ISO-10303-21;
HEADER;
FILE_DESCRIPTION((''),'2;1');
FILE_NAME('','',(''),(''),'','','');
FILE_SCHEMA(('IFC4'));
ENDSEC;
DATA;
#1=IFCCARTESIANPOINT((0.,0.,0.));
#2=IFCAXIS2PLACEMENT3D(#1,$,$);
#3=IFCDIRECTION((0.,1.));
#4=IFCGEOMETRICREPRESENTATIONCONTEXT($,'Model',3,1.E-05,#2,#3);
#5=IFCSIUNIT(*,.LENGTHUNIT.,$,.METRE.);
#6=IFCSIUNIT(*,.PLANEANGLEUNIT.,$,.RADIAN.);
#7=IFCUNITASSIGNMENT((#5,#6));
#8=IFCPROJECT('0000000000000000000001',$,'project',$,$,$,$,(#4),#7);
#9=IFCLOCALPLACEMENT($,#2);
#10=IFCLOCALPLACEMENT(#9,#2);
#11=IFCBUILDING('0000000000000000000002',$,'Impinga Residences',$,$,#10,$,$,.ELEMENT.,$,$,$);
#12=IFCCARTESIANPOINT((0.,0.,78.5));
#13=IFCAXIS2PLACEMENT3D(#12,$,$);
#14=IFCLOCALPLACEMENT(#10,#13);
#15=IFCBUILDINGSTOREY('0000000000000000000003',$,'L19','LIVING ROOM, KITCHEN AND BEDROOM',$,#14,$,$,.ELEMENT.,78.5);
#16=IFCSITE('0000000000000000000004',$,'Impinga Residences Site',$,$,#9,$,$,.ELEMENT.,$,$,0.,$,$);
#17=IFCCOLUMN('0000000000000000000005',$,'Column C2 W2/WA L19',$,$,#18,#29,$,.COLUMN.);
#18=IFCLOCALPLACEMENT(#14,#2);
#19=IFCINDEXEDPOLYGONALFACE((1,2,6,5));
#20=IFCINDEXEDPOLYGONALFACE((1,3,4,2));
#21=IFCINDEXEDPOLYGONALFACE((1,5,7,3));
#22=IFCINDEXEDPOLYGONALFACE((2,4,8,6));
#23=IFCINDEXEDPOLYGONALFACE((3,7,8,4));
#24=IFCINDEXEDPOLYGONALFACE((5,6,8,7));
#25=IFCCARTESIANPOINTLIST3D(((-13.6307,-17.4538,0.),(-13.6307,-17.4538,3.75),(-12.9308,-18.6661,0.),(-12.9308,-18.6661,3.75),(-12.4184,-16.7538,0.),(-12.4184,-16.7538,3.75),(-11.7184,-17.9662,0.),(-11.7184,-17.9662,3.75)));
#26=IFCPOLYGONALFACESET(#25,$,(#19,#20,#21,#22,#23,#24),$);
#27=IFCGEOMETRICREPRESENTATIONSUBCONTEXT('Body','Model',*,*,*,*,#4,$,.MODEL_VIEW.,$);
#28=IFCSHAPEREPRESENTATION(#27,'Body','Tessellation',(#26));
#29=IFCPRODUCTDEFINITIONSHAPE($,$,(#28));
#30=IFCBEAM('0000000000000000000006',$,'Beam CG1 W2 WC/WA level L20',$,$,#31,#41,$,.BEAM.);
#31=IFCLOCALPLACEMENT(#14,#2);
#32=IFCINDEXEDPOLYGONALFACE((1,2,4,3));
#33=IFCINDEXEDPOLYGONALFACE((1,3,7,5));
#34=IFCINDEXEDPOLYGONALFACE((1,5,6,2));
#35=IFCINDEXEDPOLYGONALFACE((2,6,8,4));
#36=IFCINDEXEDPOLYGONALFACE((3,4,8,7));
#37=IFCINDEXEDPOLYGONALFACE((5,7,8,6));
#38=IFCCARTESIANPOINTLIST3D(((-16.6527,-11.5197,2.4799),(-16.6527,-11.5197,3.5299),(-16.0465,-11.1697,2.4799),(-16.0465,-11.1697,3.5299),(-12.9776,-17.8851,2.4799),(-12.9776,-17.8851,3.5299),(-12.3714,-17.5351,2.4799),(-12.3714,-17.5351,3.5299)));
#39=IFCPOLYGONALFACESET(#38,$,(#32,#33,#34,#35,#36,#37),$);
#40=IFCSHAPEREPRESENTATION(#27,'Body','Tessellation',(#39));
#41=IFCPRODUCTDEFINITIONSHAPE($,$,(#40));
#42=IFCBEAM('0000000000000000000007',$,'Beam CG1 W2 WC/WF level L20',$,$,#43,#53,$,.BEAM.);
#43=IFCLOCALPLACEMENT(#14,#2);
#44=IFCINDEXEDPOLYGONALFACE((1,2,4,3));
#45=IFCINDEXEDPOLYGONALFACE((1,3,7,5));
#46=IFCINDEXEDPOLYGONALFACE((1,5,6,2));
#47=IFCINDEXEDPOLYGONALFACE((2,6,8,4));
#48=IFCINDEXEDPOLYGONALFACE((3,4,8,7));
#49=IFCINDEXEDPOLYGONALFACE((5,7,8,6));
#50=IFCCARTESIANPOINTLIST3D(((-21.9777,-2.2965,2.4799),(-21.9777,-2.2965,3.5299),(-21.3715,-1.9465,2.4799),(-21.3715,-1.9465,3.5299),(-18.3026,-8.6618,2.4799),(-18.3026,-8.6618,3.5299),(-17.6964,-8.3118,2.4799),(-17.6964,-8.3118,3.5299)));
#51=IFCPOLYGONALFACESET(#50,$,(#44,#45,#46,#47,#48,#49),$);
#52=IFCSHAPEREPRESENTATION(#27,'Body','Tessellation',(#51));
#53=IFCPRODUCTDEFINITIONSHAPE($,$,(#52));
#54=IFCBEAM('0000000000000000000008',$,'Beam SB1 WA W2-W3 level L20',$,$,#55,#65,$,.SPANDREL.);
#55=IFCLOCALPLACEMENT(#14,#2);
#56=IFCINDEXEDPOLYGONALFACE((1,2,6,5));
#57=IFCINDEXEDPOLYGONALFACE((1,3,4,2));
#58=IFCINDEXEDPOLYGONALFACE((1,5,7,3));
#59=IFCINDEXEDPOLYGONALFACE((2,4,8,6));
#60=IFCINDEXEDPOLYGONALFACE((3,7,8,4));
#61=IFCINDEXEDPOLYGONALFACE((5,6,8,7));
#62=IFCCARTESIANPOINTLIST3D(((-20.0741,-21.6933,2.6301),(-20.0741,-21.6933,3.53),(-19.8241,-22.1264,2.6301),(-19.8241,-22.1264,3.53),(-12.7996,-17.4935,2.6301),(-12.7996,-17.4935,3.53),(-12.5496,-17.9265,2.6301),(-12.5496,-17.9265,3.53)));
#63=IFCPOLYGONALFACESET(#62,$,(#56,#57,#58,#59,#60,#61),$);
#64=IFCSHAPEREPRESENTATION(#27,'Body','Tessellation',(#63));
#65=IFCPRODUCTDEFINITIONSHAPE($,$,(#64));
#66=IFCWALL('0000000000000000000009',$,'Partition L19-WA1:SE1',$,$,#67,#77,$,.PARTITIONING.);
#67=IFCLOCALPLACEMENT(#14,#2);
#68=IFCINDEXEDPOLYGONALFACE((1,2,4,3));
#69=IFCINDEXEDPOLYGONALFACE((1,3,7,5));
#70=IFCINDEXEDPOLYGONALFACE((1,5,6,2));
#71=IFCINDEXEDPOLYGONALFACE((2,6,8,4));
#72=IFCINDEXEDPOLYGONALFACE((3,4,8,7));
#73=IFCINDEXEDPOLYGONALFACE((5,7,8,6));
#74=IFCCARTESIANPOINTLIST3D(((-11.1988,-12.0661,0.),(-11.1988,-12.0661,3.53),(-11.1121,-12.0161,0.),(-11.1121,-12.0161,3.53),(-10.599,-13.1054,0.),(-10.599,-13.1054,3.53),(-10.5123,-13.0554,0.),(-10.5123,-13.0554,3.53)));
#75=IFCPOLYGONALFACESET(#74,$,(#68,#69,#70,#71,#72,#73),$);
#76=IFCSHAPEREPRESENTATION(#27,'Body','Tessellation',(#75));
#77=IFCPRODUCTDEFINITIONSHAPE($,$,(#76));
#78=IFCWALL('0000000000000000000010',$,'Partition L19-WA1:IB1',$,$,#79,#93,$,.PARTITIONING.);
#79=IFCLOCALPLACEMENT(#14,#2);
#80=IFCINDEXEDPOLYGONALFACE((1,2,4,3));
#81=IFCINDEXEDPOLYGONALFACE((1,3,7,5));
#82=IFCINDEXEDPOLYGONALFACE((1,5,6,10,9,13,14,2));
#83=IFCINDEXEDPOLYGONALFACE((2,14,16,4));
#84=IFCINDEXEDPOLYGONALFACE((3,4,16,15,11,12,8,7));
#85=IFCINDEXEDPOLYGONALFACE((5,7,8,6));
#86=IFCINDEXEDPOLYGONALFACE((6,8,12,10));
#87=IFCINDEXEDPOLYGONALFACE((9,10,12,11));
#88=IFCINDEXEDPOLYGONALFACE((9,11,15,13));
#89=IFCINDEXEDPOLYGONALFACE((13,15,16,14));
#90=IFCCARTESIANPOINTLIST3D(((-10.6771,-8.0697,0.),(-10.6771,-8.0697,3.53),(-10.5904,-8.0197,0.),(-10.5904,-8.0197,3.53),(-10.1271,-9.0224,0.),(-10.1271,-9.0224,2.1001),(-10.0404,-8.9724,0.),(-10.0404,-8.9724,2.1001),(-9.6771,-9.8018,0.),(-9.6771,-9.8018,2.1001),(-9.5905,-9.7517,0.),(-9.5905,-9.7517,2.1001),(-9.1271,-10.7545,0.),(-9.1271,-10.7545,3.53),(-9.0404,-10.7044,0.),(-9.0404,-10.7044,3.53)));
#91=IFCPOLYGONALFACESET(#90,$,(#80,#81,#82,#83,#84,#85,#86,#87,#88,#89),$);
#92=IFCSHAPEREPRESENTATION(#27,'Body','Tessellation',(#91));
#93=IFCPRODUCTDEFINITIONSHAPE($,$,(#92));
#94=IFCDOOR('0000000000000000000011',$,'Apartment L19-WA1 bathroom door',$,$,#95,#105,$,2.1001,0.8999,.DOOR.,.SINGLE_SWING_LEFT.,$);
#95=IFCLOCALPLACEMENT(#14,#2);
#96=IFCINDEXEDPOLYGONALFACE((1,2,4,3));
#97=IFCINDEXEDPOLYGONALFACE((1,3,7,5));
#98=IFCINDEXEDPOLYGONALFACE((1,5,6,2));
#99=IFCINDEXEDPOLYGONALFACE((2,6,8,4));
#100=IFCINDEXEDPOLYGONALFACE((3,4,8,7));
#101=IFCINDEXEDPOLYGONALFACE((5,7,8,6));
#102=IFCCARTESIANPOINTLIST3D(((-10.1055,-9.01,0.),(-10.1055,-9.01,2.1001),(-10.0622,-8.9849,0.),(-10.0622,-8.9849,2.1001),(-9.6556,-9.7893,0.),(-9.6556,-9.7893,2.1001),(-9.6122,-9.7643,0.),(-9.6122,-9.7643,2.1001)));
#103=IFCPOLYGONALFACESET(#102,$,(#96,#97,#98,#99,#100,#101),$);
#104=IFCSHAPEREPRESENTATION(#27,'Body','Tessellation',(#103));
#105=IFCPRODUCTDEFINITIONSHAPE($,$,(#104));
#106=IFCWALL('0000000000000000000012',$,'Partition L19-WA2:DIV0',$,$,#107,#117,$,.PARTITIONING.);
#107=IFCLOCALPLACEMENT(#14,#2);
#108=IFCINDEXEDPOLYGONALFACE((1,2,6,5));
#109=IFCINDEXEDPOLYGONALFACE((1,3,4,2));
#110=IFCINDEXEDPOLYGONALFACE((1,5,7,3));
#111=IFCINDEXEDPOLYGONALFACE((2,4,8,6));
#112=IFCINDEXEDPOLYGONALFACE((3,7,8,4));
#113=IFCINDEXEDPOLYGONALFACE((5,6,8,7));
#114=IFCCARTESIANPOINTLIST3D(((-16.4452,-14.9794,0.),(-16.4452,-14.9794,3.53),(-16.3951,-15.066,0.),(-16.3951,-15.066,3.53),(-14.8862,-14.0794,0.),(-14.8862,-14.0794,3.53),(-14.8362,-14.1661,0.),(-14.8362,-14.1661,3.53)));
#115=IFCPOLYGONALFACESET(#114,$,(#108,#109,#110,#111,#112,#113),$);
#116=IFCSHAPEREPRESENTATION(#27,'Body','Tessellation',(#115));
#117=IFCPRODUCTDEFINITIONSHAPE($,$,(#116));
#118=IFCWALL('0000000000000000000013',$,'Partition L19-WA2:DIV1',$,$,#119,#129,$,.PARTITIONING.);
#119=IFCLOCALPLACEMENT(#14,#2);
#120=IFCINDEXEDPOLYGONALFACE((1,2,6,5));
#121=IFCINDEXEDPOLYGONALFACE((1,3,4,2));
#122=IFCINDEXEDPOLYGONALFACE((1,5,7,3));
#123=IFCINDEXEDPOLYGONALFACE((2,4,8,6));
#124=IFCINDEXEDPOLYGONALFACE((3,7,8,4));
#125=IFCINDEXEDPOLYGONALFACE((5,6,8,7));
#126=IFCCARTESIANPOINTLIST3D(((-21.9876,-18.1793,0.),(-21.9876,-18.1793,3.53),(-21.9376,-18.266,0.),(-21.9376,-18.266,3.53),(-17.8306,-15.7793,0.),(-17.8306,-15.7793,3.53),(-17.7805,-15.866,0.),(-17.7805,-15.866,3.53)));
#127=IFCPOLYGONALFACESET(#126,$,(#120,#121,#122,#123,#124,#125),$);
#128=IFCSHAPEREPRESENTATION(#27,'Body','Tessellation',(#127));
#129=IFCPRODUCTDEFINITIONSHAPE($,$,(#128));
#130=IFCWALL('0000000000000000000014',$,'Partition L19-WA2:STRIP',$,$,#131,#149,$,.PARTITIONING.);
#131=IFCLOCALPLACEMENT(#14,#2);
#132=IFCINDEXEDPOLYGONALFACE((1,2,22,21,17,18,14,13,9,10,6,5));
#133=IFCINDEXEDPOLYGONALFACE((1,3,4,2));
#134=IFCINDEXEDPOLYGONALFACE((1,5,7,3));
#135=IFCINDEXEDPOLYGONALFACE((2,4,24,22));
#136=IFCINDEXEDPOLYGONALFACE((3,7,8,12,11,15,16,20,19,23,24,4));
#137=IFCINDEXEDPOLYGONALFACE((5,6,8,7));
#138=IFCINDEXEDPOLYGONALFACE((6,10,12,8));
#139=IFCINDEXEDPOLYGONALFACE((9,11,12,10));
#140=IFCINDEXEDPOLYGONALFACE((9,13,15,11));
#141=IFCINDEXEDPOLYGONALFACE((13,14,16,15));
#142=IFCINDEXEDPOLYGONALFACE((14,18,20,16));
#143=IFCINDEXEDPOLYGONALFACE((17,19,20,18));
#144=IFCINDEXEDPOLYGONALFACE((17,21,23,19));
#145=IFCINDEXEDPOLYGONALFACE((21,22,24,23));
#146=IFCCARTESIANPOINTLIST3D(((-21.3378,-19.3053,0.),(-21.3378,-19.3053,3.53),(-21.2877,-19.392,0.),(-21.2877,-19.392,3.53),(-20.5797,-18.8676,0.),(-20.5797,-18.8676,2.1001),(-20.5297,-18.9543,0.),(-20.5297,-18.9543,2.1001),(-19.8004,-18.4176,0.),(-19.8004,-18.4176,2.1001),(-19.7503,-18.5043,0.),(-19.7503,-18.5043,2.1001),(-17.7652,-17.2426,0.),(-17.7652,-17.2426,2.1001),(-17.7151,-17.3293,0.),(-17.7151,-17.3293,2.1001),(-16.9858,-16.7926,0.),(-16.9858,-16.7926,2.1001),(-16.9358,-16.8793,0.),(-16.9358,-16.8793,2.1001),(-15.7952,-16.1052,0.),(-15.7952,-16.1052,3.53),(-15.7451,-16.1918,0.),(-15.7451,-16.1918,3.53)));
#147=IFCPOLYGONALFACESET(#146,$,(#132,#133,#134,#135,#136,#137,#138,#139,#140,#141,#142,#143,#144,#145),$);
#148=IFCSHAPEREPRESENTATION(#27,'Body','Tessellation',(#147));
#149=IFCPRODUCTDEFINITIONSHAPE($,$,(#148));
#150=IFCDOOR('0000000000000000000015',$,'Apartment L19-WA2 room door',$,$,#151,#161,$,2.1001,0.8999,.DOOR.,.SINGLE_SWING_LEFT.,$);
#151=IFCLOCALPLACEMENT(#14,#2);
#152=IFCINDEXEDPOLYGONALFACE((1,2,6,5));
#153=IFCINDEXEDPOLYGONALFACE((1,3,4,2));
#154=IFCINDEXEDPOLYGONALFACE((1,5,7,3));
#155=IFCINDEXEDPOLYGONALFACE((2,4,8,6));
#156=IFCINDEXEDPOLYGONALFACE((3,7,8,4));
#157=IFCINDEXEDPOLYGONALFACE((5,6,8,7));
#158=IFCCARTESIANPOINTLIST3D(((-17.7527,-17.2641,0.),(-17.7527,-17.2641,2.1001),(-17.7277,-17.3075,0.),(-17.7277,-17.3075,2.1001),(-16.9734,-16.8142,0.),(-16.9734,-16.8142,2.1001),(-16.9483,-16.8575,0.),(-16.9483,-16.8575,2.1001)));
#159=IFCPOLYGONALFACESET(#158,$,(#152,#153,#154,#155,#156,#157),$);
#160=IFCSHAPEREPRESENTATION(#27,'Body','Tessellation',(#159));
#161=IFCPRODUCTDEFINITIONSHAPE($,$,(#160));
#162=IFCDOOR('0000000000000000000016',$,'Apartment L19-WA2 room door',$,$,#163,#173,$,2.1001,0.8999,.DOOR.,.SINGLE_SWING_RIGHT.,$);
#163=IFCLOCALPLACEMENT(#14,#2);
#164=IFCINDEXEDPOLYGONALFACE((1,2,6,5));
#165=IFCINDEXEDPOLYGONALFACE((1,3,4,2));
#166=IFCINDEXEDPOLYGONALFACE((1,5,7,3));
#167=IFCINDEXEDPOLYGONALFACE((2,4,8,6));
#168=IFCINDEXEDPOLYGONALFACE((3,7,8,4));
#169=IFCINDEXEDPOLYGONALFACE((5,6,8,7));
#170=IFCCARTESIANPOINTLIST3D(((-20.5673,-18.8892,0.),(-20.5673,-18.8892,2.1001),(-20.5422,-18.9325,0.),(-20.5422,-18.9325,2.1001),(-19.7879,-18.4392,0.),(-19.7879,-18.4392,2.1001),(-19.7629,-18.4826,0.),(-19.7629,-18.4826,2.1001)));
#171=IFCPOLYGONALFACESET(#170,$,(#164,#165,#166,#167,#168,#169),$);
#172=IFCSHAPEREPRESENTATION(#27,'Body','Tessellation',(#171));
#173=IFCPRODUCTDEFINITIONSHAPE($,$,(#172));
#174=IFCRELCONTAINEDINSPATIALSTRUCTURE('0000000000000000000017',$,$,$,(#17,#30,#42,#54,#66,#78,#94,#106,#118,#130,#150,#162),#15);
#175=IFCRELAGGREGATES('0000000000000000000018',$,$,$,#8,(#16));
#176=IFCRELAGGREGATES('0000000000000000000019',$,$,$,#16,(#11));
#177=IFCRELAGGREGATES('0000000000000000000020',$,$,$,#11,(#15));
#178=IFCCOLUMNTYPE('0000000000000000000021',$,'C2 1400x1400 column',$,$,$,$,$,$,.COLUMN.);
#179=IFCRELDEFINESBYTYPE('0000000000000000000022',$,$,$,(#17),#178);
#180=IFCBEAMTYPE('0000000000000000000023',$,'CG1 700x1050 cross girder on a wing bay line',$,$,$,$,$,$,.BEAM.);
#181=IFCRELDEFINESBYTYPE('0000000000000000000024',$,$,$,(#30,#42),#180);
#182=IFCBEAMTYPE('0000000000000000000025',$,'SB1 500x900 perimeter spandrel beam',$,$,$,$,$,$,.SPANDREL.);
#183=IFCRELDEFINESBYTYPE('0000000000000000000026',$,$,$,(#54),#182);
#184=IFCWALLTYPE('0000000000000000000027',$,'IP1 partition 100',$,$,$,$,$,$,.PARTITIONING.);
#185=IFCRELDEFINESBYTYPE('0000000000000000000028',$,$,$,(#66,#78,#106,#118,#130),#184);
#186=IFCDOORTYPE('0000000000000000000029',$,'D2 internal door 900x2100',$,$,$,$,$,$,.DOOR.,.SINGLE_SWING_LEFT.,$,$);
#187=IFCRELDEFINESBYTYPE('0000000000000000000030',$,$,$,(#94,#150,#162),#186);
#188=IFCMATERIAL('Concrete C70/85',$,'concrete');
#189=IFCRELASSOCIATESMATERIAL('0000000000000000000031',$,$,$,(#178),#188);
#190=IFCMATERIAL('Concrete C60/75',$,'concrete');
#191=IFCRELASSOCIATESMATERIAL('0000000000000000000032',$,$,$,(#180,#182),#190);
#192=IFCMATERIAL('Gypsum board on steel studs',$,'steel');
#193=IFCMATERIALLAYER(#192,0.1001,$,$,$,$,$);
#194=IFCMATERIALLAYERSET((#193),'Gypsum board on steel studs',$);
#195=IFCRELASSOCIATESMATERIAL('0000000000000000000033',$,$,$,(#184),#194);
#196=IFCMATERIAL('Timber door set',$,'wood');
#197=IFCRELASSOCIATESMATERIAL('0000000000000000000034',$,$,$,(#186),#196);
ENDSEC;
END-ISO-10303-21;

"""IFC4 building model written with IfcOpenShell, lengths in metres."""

from ifc_helpers import new_model, si_unit, direction, frame, frame_2d, origin, origin_2d, place, context, subcontext, project, spatial, rectangle, extrude, material, layer, layer_set, material_profile, profile_set, type_object, element, fill, save


model = new_model("IFC4")

# Units and contexts
model_context = context("Model", 3, precision=1e-05, world=origin(), true_north=direction((0.0, 1.0)))
body_context = subcontext(model_context, "Body", "Model", "MODEL_VIEW")
ifc_project = project(units=[si_unit("LENGTHUNIT", "METRE"), si_unit("PLANEANGLEUNIT", "RADIAN")], contexts=[model_context])

# Site, building, storey
site_placement = place(None, origin())
site = spatial("IfcSite", under=ifc_project, at=site_placement, Name="Impinga Residences Site", CompositionType="ELEMENT", RefElevation=0.0)
building_placement = place(site_placement, origin())
building = spatial("IfcBuilding", under=site, at=building_placement, Name="Impinga Residences", CompositionType="ELEMENT")
storey_placement = place(building_placement, frame((0.0, 0.0, 78.5)))
storey = spatial("IfcBuildingStorey", under=building, at=storey_placement, Name="L19", Description="LIVING ROOM, KITCHEN AND BEDROOM", CompositionType="ELEMENT", Elevation=78.5)

# Column
ifc_material_1 = material(Name="Concrete C70/85", Category="concrete")
ifc_material_profile_1 = material_profile(ifc_material_1, rectangle(XDim=1.3999, YDim=1.3999, at=origin_2d()), Name="RC 1400x1400")
ifc_profile_set_1 = profile_set([ifc_material_profile_1], Name="Concrete C70/85")
column_type = type_object("IfcColumnType", Name="C2 1400x1400 column", PredefinedType="COLUMN", material=ifc_profile_set_1)
column_placement = place(storey_placement, frame((-12.6746, -17.71, 0.0), z_axis=(0.0, 0.0, 1.0), x_axis=(-0.5, 0.866025, 0.0)))
element("IfcColumn", 1, at=column_placement, inside=storey, type_object=column_type, Name="Column C2 W2/WA L19", PredefinedType="COLUMN", context=body_context, shape_type="SweptSolid", body=[
    extrude(rectangle(XDim=1.3999, YDim=1.3999, at=origin_2d()), origin(), (0.0, 0.0, 1.0), 3.75),
])

# Beams
ifc_material_2 = material(Name="Concrete C60/75", Category="concrete")
ifc_material_profile_2 = material_profile(ifc_material_2, rectangle(XDim=0.7, YDim=1.05, at=origin_2d()), Name="RC 700x1050")
ifc_profile_set_2 = profile_set([ifc_material_profile_2], Name="Concrete C60/75")
beam_type_1 = type_object("IfcBeamType", Name="CG1 700x1050 cross girder on a wing bay line", PredefinedType="BEAM", material=ifc_profile_set_2)
for number, where, z_axis, x_axis, name in (
    (2, (-16.3496, -11.3447, 3.0049), (0.500008, -0.866021, 0.0), (0.866021, 0.500008, 0.0), "Beam CG1 W2 WC/WA level L20"),
    (3, (-17.9995, -8.4868, 3.0049), (-0.500008, 0.866021, 0.0), (-0.866021, -0.500008, 0.0), "Beam CG1 W2 WC/WF level L20"),
):
    element("IfcBeam", number, at=place(storey_placement, frame(where, z_axis=z_axis, x_axis=x_axis)), inside=storey, type_object=beam_type_1, Name=name, PredefinedType="BEAM", context=body_context, shape_type="SweptSolid", body=[
        extrude(rectangle(XDim=0.7, YDim=1.05, at=origin_2d()), origin(), (0.0, 0.0, 1.0), 7.3501),
    ])
ifc_material_profile_3 = material_profile(ifc_material_2, rectangle(XDim=0.5, YDim=0.8999, at=origin_2d()), Name="RC 500x900")
ifc_profile_set_3 = profile_set([ifc_material_profile_3], Name="Concrete C60/75")
beam_type_2 = type_object("IfcBeamType", Name="SB1 500x900 perimeter spandrel beam", PredefinedType="SPANDREL", material=ifc_profile_set_3)
beam_placement = place(storey_placement, frame((-12.6746, -17.71, 3.0801), z_axis=(-0.866029, -0.499993, 0.0), x_axis=(0.499993, -0.866029, 0.0)))
element("IfcBeam", 4, at=beam_placement, inside=storey, type_object=beam_type_2, Name="Beam SB1 WA W2-W3 level L20", PredefinedType="SPANDREL", context=body_context, shape_type="SweptSolid", body=[
    extrude(rectangle(XDim=0.5, YDim=0.8999, at=origin_2d()), origin(), (0.0, 0.0, 1.0), 8.3999),
])

# Wall
ifc_material_3 = material(Name="Gypsum board on steel studs", Category="steel")
ifc_layer_1 = layer(ifc_material_3, 0.1001)
ifc_layer_set_1 = layer_set([ifc_layer_1], Name="Gypsum board on steel studs")
wall_type_1 = type_object("IfcWallType", Name="IP1 partition 100", PredefinedType="PARTITIONING", material=ifc_layer_set_1)
wall_1_placement = place(storey_placement, frame((-11.1555, -12.041, 0.0), z_axis=(0.0, 0.0, 1.0), x_axis=(0.499881, -0.866094, 0.0)))
element("IfcWall", 5, at=wall_1_placement, inside=storey, type_object=wall_type_1, Name="Partition L19-WA1:SE1", PredefinedType="PARTITIONING", context=body_context, shape_type="SweptSolid", body=[
    extrude(rectangle(XDim=1.2, YDim=0.1001, at=frame_2d((0.6001, 0.0))), origin(), (0.0, 0.0, 1.0), 3.53),
])

# Wall, opening, door
wall_2_placement = place(storey_placement, frame((-10.6338, -8.0447, 0.0), z_axis=(0.0, 0.0, 1.0), x_axis=(0.499993, -0.86603, 0.0)))
wall_2 = element("IfcWall", 6, at=wall_2_placement, inside=storey, type_object=wall_type_1, Name="Partition L19-WA1:IB1", PredefinedType="PARTITIONING", context=body_context, shape_type="SweptSolid", body=[
    extrude(rectangle(XDim=3.1001, YDim=0.1001, at=frame_2d((1.55, 0.0))), origin(), (0.0, 0.0, 1.0), 3.53),
])
opening_1_placement = place(wall_2_placement, frame((1.1001, 0.0, 0.0)))
opening_1 = element("IfcOpeningElement", 7, at=opening_1_placement, cuts=wall_2, PredefinedType="OPENING", context=body_context, shape_type="SweptSolid", body=[
    extrude(rectangle(XDim=0.8999, YDim=2.1001, at=frame_2d((0.45, 1.05))), frame((0.0, 0.0601, 0.0), z_axis=(0.0, -1.0, 0.0), x_axis=(1.0, 0.0, 0.0)), (0.0, 0.0, 1.0), 0.1201),
])
ifc_material_4 = material(Name="Timber door set", Category="wood")
door_type = type_object("IfcDoorType", Name="D2 internal door 900x2100", OperationType="SINGLE_SWING_LEFT", PredefinedType="DOOR", material=ifc_material_4)
door_1_placement = place(opening_1_placement, origin())
door_1 = element("IfcDoor", 8, at=door_1_placement, inside=storey, type_object=door_type, Name="Apartment L19-WA1 bathroom door", OperationType="SINGLE_SWING_LEFT", OverallHeight=2.1001, OverallWidth=0.8999, PredefinedType="DOOR", context=body_context, shape_type="SweptSolid", body=[
    extrude(rectangle(XDim=0.8999, YDim=2.1001, at=frame_2d((0.45, 1.05))), frame((0.0, 0.0249, 0.0), z_axis=(0.0, -1.0, 0.0), x_axis=(1.0, 0.0, 0.0)), (0.0, 0.0, 1.0), 0.05),
])
fill(opening_1, door_1)

# Walls
wall_3_placement = place(storey_placement, frame((-14.8613, -14.1228, 0.0), z_axis=(0.0, 0.0, 1.0), x_axis=(-0.866048, -0.499961, 0.0)))
element("IfcWall", 9, at=wall_3_placement, inside=storey, type_object=wall_type_1, Name="Partition L19-WA2:DIV0", PredefinedType="PARTITIONING", context=body_context, shape_type="SweptSolid", body=[
    extrude(rectangle(XDim=1.8, YDim=0.1001, at=frame_2d((0.8999, 0.0))), origin(), (0.0, 0.0, 1.0), 3.53),
])
wall_4_placement = place(storey_placement, frame((-17.8057, -15.8228, 0.0), z_axis=(0.0, 0.0, 1.0), x_axis=(-0.866037, -0.499979, 0.0)))
element("IfcWall", 10, at=wall_4_placement, inside=storey, type_object=wall_type_1, Name="Partition L19-WA2:DIV1", PredefinedType="PARTITIONING", context=body_context, shape_type="SweptSolid", body=[
    extrude(rectangle(XDim=4.8, YDim=0.1001, at=frame_2d((2.3999, 0.0))), origin(), (0.0, 0.0, 1.0), 3.53),
])

# Wall, openings, doors
wall_5_placement = place(storey_placement, frame((-15.77, -16.1484, 0.0), z_axis=(0.0, 0.0, 1.0), x_axis=(-0.866019, -0.500012, 0.0)))
wall_5 = element("IfcWall", 11, at=wall_5_placement, inside=storey, type_object=wall_type_1, Name="Partition L19-WA2:STRIP", PredefinedType="PARTITIONING", context=body_context, shape_type="SweptSolid", body=[
    extrude(rectangle(XDim=6.4001, YDim=0.1001, at=frame_2d((3.2002, 0.0))), origin(), (0.0, 0.0, 1.0), 3.53),
])
opening_2_placement = place(wall_5_placement, frame((1.375, 0.0, 0.0)))
opening_2 = element("IfcOpeningElement", 12, at=opening_2_placement, cuts=wall_5, PredefinedType="OPENING", context=body_context, shape_type="SweptSolid", body=[
    extrude(rectangle(XDim=0.8999, YDim=2.1001, at=frame_2d((0.45, 1.05))), frame((0.0, 0.0601, 0.0), z_axis=(0.0, -1.0, 0.0), x_axis=(1.0, 0.0, 0.0)), (0.0, 0.0, 1.0), 0.1201),
])
opening_3_placement = place(wall_5_placement, frame((4.625, 0.0, 0.0)))
opening_3 = element("IfcOpeningElement", 13, at=opening_3_placement, cuts=wall_5, PredefinedType="OPENING", context=body_context, shape_type="SweptSolid", body=[
    extrude(rectangle(XDim=0.8999, YDim=2.1001, at=frame_2d((0.45, 1.05))), frame((0.0, 0.0601, 0.0), z_axis=(0.0, -1.0, 0.0), x_axis=(1.0, 0.0, 0.0)), (0.0, 0.0, 1.0), 0.1201),
])
door_2_placement = place(opening_2_placement, origin())
door_2 = element("IfcDoor", 14, at=door_2_placement, inside=storey, type_object=door_type, Name="Apartment L19-WA2 room door", OperationType="SINGLE_SWING_LEFT", OverallHeight=2.1001, OverallWidth=0.8999, PredefinedType="DOOR", context=body_context, shape_type="SweptSolid", body=[
    extrude(rectangle(XDim=0.8999, YDim=2.1001, at=frame_2d((0.45, 1.05))), frame((0.0, 0.0249, 0.0), z_axis=(0.0, -1.0, 0.0), x_axis=(1.0, 0.0, 0.0)), (0.0, 0.0, 1.0), 0.05),
])
fill(opening_2, door_2)
door_3_placement = place(opening_3_placement, origin())
door_3 = element("IfcDoor", 15, at=door_3_placement, inside=storey, type_object=door_type, Name="Apartment L19-WA2 room door", OperationType="SINGLE_SWING_RIGHT", OverallHeight=2.1001, OverallWidth=0.8999, PredefinedType="DOOR", context=body_context, shape_type="SweptSolid", body=[
    extrude(rectangle(XDim=0.8999, YDim=2.1001, at=frame_2d((0.45, 1.05))), frame((0.0, 0.0249, 0.0), z_axis=(0.0, -1.0, 0.0), x_axis=(1.0, 0.0, 0.0)), (0.0, 0.0, 1.0), 0.05),
])
fill(opening_3, door_3)

save(model, "model.ifc")
